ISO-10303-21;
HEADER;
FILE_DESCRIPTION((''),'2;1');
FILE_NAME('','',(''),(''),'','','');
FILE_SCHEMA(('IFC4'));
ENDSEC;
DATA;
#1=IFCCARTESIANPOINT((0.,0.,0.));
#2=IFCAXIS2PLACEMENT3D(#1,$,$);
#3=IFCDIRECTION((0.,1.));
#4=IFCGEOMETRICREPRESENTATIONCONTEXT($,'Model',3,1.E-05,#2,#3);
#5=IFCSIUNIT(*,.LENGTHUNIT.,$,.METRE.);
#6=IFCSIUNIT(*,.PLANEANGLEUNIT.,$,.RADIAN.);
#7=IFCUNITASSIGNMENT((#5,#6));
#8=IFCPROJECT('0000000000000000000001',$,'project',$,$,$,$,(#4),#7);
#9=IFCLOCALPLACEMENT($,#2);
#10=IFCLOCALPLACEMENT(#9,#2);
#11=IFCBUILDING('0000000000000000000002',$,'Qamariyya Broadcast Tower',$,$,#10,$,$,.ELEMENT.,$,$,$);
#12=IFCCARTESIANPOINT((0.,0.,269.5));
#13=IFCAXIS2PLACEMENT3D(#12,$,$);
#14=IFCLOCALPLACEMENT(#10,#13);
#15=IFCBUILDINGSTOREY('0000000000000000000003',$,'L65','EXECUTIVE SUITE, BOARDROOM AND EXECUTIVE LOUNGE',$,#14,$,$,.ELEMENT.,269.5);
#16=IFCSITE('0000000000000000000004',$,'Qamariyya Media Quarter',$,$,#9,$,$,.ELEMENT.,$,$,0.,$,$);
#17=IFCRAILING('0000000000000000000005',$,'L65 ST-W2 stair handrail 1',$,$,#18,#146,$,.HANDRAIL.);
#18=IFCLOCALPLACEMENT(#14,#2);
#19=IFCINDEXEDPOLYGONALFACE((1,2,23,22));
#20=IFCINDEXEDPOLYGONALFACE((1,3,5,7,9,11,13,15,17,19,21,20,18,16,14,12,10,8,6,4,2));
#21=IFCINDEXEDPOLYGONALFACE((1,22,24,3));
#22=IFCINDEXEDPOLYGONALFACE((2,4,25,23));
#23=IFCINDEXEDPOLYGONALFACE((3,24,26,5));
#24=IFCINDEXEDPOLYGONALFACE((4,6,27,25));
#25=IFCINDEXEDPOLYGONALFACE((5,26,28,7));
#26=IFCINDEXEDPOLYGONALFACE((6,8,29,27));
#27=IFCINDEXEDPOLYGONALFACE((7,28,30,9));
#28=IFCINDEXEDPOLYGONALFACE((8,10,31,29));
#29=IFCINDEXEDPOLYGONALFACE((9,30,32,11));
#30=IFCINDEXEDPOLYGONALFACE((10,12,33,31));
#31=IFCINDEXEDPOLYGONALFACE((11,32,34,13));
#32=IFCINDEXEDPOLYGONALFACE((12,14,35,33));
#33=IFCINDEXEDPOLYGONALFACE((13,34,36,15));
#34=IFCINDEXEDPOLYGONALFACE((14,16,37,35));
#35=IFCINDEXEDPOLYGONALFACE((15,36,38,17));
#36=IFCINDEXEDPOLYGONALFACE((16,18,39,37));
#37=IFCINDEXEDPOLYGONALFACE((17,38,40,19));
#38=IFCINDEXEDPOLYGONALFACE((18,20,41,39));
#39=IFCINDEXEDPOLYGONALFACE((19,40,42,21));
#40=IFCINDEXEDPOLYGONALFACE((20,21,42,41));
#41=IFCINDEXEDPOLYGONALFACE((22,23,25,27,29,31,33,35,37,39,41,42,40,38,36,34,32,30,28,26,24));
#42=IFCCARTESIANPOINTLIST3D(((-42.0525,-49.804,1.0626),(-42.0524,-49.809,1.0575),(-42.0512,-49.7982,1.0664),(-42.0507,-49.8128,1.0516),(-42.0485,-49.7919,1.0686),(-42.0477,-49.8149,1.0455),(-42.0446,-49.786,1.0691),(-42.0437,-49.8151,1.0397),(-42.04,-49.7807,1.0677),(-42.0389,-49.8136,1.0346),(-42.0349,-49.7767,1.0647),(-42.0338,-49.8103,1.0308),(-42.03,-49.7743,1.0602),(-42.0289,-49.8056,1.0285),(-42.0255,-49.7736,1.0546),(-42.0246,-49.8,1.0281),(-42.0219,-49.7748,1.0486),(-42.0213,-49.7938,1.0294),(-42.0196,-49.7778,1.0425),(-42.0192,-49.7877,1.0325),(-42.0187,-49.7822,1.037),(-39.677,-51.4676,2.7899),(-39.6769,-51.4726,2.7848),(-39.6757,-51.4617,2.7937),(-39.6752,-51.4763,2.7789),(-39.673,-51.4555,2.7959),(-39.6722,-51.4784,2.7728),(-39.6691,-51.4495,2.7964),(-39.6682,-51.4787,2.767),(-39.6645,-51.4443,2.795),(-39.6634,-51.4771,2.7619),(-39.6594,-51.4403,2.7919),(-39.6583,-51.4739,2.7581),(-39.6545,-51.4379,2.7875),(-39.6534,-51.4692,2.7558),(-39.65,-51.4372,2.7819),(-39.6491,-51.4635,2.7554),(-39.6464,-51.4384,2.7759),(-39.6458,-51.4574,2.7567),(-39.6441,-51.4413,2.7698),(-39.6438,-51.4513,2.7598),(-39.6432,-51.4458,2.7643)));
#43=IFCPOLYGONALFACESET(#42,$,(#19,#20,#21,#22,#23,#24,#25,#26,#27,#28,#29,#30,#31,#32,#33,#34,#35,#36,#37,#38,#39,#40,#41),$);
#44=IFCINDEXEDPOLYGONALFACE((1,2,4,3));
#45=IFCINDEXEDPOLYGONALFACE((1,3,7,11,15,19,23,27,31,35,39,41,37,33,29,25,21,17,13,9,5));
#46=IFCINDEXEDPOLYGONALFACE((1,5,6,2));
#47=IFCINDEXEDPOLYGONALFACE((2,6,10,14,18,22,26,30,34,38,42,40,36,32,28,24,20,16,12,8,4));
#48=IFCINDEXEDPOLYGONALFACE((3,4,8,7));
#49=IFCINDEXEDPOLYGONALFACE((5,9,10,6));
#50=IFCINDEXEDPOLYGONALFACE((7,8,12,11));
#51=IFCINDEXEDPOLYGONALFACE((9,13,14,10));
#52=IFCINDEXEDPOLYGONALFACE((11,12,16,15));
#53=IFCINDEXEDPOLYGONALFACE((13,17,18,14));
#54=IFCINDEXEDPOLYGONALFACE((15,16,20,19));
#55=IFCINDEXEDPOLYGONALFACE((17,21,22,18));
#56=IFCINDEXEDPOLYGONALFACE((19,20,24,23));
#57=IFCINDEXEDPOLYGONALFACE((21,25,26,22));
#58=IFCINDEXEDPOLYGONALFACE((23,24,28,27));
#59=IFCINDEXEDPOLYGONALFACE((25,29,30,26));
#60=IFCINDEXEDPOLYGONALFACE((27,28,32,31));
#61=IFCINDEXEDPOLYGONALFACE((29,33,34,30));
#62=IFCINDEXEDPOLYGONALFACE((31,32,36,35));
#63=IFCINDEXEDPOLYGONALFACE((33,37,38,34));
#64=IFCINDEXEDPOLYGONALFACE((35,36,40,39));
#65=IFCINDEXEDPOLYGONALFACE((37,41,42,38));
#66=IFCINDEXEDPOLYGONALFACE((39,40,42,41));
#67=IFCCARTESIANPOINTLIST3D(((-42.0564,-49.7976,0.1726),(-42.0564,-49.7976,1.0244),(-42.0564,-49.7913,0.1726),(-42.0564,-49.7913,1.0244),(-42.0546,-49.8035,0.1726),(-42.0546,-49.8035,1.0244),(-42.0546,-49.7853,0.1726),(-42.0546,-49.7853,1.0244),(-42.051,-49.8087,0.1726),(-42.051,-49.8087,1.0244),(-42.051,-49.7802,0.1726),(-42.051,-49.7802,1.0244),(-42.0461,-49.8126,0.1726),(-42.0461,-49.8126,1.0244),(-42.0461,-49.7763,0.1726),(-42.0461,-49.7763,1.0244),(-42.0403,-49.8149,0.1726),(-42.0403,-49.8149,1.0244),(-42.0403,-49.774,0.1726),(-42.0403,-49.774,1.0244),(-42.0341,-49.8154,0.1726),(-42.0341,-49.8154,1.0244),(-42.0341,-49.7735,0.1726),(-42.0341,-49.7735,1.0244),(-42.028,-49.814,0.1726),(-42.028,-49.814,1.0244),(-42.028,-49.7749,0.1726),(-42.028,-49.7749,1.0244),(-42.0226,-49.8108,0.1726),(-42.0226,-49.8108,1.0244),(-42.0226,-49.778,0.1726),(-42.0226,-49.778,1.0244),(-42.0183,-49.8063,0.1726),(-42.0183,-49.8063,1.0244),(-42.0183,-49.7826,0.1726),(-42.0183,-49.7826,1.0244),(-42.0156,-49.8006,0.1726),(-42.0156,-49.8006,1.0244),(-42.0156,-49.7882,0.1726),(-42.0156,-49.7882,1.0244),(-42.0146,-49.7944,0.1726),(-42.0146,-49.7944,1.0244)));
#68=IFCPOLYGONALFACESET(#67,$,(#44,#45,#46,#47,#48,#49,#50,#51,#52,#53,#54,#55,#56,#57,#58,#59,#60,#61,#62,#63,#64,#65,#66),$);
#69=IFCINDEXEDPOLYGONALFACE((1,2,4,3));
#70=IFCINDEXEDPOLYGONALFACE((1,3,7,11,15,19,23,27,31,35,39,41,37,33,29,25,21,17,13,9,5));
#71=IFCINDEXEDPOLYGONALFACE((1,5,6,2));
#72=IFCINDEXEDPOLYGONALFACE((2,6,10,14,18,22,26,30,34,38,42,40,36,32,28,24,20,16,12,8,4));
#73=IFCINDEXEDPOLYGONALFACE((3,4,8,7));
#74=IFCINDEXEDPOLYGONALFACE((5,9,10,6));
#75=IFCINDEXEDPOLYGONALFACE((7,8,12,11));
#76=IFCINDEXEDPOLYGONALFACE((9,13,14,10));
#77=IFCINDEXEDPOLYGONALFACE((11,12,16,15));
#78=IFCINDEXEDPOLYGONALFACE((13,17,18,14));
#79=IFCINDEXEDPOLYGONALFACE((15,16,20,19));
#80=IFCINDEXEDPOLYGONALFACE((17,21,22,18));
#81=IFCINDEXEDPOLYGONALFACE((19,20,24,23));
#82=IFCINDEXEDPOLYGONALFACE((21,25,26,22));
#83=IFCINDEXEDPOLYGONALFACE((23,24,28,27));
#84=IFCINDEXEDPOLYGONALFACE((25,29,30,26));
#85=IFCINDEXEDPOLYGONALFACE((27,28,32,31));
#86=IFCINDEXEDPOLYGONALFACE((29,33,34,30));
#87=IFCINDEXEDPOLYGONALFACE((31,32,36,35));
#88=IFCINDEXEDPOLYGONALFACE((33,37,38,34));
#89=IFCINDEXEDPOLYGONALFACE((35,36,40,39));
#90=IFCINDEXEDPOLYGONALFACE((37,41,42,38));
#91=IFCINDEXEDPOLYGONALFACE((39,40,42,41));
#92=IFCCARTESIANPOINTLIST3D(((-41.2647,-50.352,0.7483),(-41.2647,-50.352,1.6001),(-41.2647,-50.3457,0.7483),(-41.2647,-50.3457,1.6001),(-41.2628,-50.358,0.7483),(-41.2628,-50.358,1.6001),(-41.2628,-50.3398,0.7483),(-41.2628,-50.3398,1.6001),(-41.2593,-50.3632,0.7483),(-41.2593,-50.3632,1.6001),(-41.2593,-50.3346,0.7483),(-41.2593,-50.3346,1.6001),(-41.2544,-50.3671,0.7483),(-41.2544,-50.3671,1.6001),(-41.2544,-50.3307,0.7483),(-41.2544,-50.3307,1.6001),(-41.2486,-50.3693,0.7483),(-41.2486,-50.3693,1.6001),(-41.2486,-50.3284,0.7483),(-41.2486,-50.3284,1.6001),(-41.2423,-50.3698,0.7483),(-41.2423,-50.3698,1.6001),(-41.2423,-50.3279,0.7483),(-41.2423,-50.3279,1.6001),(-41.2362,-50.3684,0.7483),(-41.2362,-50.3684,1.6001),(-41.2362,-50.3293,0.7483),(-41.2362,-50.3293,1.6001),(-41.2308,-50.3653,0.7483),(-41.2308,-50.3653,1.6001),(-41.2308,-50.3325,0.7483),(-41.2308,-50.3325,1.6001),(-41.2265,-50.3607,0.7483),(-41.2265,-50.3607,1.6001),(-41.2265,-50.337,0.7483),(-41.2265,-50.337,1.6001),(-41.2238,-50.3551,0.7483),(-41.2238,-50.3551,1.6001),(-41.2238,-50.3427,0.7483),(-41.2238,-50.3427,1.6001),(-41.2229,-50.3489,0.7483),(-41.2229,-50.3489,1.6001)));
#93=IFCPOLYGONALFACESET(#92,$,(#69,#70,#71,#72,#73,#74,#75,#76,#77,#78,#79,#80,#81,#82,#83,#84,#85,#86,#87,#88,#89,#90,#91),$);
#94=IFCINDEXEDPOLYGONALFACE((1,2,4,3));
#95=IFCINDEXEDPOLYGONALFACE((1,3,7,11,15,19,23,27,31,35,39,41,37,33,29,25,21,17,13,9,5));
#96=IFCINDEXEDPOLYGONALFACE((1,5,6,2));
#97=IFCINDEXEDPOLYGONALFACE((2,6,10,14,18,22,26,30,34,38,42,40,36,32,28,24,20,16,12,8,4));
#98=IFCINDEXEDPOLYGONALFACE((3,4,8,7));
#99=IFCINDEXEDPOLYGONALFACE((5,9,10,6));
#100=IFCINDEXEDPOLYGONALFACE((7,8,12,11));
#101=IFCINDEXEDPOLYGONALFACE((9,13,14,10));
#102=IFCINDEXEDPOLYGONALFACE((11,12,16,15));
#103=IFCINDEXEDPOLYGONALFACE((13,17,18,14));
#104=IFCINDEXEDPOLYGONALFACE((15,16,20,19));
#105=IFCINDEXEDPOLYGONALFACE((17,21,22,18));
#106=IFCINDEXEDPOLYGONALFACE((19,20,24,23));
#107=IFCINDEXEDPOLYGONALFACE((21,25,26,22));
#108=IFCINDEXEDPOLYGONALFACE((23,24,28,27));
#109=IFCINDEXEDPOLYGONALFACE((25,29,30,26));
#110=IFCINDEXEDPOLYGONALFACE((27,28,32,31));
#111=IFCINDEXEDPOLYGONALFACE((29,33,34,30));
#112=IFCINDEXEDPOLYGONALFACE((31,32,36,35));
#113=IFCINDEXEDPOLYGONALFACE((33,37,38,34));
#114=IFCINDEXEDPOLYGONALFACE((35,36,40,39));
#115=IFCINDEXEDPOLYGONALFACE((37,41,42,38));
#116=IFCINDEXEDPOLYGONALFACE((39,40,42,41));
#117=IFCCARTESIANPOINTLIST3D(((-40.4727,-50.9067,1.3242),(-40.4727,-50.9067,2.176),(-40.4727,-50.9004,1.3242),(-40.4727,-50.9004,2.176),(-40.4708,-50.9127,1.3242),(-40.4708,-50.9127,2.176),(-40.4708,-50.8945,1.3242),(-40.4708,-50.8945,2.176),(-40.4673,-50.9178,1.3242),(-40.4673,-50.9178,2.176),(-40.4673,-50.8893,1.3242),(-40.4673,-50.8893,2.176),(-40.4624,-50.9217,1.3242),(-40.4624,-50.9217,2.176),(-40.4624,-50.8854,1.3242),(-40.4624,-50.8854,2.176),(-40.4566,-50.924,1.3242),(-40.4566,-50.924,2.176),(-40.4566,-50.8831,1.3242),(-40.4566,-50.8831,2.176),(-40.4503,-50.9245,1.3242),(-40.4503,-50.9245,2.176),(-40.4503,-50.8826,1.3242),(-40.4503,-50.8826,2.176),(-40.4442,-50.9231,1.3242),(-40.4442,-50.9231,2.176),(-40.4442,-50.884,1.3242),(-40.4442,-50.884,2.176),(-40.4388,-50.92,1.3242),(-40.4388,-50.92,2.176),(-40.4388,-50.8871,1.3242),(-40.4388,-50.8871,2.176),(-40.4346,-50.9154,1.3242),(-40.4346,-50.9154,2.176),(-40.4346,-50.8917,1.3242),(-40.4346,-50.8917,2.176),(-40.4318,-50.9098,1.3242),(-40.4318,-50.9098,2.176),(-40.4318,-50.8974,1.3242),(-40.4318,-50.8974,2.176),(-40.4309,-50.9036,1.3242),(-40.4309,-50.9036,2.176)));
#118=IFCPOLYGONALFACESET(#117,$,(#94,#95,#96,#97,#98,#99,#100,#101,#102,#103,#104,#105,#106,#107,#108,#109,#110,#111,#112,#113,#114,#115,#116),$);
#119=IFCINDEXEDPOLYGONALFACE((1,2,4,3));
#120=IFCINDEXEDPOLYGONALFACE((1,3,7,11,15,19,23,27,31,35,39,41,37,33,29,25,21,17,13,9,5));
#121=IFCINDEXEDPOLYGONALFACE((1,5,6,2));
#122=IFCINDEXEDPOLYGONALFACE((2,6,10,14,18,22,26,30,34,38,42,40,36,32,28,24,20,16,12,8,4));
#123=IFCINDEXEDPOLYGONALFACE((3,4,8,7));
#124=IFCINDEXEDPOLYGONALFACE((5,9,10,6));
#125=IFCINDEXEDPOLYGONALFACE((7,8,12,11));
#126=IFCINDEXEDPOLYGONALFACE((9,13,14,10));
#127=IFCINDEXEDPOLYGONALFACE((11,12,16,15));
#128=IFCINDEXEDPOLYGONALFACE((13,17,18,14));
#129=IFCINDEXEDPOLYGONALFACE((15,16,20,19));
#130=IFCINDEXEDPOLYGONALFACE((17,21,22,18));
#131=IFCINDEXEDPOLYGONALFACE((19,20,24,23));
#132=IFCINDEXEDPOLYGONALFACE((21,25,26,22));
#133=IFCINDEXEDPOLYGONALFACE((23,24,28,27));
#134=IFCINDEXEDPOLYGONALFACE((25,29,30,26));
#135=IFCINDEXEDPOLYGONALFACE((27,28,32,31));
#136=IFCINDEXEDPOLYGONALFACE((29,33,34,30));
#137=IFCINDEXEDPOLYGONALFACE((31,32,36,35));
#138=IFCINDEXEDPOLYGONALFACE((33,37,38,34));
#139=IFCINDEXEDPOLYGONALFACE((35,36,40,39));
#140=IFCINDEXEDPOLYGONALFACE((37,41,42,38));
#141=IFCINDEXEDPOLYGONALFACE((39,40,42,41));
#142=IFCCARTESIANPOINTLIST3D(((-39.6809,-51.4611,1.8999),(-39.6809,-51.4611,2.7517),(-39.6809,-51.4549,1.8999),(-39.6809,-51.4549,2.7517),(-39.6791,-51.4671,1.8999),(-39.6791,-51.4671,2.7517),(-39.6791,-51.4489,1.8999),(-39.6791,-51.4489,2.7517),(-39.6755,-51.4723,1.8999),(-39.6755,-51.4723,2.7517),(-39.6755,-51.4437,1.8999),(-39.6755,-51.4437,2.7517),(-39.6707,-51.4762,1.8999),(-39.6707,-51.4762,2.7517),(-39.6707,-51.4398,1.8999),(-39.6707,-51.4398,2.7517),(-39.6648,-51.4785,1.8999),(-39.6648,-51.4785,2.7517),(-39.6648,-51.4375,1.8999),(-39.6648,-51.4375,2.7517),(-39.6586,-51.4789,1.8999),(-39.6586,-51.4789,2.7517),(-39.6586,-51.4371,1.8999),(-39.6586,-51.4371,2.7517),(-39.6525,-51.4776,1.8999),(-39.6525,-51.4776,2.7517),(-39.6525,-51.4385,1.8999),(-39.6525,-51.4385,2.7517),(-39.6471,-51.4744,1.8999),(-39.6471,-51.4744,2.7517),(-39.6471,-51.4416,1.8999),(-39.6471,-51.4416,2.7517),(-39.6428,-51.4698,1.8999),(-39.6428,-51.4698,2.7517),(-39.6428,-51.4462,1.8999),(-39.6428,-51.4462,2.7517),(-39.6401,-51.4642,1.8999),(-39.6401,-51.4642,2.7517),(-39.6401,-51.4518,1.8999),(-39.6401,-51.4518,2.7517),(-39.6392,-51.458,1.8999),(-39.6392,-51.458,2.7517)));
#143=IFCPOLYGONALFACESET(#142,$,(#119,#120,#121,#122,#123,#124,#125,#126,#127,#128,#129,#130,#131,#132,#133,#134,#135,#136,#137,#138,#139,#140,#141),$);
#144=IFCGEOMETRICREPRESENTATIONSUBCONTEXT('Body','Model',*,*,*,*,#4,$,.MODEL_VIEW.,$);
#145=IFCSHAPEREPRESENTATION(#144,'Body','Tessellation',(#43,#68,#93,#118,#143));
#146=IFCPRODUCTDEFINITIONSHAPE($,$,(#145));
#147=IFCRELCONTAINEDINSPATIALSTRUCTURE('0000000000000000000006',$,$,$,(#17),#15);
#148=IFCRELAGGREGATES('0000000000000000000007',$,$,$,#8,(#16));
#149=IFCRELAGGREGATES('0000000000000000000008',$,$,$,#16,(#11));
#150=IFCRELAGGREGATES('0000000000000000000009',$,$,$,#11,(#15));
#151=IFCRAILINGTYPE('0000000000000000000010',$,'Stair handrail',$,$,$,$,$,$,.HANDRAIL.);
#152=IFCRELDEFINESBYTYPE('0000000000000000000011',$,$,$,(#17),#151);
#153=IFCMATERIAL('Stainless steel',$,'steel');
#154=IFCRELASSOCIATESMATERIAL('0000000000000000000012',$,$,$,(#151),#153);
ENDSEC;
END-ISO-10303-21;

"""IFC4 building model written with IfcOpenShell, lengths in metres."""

from ifc_helpers import new_model, si_unit, direction, frame, origin, origin_2d, place, context, subcontext, project, spatial, circle, extrude, material, type_object, element, save


model = new_model("IFC4")

# Units and contexts
model_context = context("Model", 3, precision=1e-05, world=origin(), true_north=direction((0.0, 1.0)))
body_context = subcontext(model_context, "Body", "Model", "MODEL_VIEW")
ifc_project = project(units=[si_unit("LENGTHUNIT", "METRE"), si_unit("PLANEANGLEUNIT", "RADIAN")], contexts=[model_context])

# Site, building, storey
site_placement = place(None, origin())
site = spatial("IfcSite", under=ifc_project, at=site_placement, Name="Qamariyya Media Quarter", CompositionType="ELEMENT", RefElevation=0.0)
building_placement = place(site_placement, origin())
building = spatial("IfcBuilding", under=site, at=building_placement, Name="Qamariyya Broadcast Tower", CompositionType="ELEMENT")
storey_placement = place(building_placement, frame((0.0, 0.0, 269.5)))
storey = spatial("IfcBuildingStorey", under=building, at=storey_placement, Name="L65", Description="EXECUTIVE SUITE, BOARDROOM AND EXECUTIVE LOUNGE", CompositionType="ELEMENT", Elevation=269.5)

# Railing
ifc_material_1 = material(Name="Stainless steel", Category="steel")
railing_type_1 = type_object("IfcRailingType", Name="Stair handrail", PredefinedType="HANDRAIL", material=ifc_material_1)
railing_1_placement = place(storey_placement, frame((-42.0356, -49.7944, 0.1726)))
element("IfcRailing", 1, at=railing_1_placement, inside=storey, type_object=railing_type_1, Name="L65 ST-W2 stair handrail 1", PredefinedType="HANDRAIL", context=body_context, shape_type="SweptSolid", body=[
    extrude(circle(Radius=0.0239, at=origin_2d()), frame((0.0, 0.0, 0.876), z_axis=(0.703745, -0.492838, 0.511716), x_axis=(0.573632, 0.819113, 0.0)), (0.0, 0.0, 1.0), 3.3755),
    extrude(circle(Radius=0.021, at=origin_2d()), origin(), (0.0, 0.0, 1.0), 0.8518),
    extrude(circle(Radius=0.021, at=origin_2d()), frame((0.7917, -0.5544, 0.5757)), (0.0, 0.0, 1.0), 0.8518),
    extrude(circle(Radius=0.021, at=origin_2d()), frame((1.5837, -1.1091, 1.1516)), (0.0, 0.0, 1.0), 0.8518),
    extrude(circle(Radius=0.021, at=origin_2d()), frame((2.3755, -1.6636, 1.7273)), (0.0, 0.0, 1.0), 0.8518),
])

save(model, "model.ifc")
